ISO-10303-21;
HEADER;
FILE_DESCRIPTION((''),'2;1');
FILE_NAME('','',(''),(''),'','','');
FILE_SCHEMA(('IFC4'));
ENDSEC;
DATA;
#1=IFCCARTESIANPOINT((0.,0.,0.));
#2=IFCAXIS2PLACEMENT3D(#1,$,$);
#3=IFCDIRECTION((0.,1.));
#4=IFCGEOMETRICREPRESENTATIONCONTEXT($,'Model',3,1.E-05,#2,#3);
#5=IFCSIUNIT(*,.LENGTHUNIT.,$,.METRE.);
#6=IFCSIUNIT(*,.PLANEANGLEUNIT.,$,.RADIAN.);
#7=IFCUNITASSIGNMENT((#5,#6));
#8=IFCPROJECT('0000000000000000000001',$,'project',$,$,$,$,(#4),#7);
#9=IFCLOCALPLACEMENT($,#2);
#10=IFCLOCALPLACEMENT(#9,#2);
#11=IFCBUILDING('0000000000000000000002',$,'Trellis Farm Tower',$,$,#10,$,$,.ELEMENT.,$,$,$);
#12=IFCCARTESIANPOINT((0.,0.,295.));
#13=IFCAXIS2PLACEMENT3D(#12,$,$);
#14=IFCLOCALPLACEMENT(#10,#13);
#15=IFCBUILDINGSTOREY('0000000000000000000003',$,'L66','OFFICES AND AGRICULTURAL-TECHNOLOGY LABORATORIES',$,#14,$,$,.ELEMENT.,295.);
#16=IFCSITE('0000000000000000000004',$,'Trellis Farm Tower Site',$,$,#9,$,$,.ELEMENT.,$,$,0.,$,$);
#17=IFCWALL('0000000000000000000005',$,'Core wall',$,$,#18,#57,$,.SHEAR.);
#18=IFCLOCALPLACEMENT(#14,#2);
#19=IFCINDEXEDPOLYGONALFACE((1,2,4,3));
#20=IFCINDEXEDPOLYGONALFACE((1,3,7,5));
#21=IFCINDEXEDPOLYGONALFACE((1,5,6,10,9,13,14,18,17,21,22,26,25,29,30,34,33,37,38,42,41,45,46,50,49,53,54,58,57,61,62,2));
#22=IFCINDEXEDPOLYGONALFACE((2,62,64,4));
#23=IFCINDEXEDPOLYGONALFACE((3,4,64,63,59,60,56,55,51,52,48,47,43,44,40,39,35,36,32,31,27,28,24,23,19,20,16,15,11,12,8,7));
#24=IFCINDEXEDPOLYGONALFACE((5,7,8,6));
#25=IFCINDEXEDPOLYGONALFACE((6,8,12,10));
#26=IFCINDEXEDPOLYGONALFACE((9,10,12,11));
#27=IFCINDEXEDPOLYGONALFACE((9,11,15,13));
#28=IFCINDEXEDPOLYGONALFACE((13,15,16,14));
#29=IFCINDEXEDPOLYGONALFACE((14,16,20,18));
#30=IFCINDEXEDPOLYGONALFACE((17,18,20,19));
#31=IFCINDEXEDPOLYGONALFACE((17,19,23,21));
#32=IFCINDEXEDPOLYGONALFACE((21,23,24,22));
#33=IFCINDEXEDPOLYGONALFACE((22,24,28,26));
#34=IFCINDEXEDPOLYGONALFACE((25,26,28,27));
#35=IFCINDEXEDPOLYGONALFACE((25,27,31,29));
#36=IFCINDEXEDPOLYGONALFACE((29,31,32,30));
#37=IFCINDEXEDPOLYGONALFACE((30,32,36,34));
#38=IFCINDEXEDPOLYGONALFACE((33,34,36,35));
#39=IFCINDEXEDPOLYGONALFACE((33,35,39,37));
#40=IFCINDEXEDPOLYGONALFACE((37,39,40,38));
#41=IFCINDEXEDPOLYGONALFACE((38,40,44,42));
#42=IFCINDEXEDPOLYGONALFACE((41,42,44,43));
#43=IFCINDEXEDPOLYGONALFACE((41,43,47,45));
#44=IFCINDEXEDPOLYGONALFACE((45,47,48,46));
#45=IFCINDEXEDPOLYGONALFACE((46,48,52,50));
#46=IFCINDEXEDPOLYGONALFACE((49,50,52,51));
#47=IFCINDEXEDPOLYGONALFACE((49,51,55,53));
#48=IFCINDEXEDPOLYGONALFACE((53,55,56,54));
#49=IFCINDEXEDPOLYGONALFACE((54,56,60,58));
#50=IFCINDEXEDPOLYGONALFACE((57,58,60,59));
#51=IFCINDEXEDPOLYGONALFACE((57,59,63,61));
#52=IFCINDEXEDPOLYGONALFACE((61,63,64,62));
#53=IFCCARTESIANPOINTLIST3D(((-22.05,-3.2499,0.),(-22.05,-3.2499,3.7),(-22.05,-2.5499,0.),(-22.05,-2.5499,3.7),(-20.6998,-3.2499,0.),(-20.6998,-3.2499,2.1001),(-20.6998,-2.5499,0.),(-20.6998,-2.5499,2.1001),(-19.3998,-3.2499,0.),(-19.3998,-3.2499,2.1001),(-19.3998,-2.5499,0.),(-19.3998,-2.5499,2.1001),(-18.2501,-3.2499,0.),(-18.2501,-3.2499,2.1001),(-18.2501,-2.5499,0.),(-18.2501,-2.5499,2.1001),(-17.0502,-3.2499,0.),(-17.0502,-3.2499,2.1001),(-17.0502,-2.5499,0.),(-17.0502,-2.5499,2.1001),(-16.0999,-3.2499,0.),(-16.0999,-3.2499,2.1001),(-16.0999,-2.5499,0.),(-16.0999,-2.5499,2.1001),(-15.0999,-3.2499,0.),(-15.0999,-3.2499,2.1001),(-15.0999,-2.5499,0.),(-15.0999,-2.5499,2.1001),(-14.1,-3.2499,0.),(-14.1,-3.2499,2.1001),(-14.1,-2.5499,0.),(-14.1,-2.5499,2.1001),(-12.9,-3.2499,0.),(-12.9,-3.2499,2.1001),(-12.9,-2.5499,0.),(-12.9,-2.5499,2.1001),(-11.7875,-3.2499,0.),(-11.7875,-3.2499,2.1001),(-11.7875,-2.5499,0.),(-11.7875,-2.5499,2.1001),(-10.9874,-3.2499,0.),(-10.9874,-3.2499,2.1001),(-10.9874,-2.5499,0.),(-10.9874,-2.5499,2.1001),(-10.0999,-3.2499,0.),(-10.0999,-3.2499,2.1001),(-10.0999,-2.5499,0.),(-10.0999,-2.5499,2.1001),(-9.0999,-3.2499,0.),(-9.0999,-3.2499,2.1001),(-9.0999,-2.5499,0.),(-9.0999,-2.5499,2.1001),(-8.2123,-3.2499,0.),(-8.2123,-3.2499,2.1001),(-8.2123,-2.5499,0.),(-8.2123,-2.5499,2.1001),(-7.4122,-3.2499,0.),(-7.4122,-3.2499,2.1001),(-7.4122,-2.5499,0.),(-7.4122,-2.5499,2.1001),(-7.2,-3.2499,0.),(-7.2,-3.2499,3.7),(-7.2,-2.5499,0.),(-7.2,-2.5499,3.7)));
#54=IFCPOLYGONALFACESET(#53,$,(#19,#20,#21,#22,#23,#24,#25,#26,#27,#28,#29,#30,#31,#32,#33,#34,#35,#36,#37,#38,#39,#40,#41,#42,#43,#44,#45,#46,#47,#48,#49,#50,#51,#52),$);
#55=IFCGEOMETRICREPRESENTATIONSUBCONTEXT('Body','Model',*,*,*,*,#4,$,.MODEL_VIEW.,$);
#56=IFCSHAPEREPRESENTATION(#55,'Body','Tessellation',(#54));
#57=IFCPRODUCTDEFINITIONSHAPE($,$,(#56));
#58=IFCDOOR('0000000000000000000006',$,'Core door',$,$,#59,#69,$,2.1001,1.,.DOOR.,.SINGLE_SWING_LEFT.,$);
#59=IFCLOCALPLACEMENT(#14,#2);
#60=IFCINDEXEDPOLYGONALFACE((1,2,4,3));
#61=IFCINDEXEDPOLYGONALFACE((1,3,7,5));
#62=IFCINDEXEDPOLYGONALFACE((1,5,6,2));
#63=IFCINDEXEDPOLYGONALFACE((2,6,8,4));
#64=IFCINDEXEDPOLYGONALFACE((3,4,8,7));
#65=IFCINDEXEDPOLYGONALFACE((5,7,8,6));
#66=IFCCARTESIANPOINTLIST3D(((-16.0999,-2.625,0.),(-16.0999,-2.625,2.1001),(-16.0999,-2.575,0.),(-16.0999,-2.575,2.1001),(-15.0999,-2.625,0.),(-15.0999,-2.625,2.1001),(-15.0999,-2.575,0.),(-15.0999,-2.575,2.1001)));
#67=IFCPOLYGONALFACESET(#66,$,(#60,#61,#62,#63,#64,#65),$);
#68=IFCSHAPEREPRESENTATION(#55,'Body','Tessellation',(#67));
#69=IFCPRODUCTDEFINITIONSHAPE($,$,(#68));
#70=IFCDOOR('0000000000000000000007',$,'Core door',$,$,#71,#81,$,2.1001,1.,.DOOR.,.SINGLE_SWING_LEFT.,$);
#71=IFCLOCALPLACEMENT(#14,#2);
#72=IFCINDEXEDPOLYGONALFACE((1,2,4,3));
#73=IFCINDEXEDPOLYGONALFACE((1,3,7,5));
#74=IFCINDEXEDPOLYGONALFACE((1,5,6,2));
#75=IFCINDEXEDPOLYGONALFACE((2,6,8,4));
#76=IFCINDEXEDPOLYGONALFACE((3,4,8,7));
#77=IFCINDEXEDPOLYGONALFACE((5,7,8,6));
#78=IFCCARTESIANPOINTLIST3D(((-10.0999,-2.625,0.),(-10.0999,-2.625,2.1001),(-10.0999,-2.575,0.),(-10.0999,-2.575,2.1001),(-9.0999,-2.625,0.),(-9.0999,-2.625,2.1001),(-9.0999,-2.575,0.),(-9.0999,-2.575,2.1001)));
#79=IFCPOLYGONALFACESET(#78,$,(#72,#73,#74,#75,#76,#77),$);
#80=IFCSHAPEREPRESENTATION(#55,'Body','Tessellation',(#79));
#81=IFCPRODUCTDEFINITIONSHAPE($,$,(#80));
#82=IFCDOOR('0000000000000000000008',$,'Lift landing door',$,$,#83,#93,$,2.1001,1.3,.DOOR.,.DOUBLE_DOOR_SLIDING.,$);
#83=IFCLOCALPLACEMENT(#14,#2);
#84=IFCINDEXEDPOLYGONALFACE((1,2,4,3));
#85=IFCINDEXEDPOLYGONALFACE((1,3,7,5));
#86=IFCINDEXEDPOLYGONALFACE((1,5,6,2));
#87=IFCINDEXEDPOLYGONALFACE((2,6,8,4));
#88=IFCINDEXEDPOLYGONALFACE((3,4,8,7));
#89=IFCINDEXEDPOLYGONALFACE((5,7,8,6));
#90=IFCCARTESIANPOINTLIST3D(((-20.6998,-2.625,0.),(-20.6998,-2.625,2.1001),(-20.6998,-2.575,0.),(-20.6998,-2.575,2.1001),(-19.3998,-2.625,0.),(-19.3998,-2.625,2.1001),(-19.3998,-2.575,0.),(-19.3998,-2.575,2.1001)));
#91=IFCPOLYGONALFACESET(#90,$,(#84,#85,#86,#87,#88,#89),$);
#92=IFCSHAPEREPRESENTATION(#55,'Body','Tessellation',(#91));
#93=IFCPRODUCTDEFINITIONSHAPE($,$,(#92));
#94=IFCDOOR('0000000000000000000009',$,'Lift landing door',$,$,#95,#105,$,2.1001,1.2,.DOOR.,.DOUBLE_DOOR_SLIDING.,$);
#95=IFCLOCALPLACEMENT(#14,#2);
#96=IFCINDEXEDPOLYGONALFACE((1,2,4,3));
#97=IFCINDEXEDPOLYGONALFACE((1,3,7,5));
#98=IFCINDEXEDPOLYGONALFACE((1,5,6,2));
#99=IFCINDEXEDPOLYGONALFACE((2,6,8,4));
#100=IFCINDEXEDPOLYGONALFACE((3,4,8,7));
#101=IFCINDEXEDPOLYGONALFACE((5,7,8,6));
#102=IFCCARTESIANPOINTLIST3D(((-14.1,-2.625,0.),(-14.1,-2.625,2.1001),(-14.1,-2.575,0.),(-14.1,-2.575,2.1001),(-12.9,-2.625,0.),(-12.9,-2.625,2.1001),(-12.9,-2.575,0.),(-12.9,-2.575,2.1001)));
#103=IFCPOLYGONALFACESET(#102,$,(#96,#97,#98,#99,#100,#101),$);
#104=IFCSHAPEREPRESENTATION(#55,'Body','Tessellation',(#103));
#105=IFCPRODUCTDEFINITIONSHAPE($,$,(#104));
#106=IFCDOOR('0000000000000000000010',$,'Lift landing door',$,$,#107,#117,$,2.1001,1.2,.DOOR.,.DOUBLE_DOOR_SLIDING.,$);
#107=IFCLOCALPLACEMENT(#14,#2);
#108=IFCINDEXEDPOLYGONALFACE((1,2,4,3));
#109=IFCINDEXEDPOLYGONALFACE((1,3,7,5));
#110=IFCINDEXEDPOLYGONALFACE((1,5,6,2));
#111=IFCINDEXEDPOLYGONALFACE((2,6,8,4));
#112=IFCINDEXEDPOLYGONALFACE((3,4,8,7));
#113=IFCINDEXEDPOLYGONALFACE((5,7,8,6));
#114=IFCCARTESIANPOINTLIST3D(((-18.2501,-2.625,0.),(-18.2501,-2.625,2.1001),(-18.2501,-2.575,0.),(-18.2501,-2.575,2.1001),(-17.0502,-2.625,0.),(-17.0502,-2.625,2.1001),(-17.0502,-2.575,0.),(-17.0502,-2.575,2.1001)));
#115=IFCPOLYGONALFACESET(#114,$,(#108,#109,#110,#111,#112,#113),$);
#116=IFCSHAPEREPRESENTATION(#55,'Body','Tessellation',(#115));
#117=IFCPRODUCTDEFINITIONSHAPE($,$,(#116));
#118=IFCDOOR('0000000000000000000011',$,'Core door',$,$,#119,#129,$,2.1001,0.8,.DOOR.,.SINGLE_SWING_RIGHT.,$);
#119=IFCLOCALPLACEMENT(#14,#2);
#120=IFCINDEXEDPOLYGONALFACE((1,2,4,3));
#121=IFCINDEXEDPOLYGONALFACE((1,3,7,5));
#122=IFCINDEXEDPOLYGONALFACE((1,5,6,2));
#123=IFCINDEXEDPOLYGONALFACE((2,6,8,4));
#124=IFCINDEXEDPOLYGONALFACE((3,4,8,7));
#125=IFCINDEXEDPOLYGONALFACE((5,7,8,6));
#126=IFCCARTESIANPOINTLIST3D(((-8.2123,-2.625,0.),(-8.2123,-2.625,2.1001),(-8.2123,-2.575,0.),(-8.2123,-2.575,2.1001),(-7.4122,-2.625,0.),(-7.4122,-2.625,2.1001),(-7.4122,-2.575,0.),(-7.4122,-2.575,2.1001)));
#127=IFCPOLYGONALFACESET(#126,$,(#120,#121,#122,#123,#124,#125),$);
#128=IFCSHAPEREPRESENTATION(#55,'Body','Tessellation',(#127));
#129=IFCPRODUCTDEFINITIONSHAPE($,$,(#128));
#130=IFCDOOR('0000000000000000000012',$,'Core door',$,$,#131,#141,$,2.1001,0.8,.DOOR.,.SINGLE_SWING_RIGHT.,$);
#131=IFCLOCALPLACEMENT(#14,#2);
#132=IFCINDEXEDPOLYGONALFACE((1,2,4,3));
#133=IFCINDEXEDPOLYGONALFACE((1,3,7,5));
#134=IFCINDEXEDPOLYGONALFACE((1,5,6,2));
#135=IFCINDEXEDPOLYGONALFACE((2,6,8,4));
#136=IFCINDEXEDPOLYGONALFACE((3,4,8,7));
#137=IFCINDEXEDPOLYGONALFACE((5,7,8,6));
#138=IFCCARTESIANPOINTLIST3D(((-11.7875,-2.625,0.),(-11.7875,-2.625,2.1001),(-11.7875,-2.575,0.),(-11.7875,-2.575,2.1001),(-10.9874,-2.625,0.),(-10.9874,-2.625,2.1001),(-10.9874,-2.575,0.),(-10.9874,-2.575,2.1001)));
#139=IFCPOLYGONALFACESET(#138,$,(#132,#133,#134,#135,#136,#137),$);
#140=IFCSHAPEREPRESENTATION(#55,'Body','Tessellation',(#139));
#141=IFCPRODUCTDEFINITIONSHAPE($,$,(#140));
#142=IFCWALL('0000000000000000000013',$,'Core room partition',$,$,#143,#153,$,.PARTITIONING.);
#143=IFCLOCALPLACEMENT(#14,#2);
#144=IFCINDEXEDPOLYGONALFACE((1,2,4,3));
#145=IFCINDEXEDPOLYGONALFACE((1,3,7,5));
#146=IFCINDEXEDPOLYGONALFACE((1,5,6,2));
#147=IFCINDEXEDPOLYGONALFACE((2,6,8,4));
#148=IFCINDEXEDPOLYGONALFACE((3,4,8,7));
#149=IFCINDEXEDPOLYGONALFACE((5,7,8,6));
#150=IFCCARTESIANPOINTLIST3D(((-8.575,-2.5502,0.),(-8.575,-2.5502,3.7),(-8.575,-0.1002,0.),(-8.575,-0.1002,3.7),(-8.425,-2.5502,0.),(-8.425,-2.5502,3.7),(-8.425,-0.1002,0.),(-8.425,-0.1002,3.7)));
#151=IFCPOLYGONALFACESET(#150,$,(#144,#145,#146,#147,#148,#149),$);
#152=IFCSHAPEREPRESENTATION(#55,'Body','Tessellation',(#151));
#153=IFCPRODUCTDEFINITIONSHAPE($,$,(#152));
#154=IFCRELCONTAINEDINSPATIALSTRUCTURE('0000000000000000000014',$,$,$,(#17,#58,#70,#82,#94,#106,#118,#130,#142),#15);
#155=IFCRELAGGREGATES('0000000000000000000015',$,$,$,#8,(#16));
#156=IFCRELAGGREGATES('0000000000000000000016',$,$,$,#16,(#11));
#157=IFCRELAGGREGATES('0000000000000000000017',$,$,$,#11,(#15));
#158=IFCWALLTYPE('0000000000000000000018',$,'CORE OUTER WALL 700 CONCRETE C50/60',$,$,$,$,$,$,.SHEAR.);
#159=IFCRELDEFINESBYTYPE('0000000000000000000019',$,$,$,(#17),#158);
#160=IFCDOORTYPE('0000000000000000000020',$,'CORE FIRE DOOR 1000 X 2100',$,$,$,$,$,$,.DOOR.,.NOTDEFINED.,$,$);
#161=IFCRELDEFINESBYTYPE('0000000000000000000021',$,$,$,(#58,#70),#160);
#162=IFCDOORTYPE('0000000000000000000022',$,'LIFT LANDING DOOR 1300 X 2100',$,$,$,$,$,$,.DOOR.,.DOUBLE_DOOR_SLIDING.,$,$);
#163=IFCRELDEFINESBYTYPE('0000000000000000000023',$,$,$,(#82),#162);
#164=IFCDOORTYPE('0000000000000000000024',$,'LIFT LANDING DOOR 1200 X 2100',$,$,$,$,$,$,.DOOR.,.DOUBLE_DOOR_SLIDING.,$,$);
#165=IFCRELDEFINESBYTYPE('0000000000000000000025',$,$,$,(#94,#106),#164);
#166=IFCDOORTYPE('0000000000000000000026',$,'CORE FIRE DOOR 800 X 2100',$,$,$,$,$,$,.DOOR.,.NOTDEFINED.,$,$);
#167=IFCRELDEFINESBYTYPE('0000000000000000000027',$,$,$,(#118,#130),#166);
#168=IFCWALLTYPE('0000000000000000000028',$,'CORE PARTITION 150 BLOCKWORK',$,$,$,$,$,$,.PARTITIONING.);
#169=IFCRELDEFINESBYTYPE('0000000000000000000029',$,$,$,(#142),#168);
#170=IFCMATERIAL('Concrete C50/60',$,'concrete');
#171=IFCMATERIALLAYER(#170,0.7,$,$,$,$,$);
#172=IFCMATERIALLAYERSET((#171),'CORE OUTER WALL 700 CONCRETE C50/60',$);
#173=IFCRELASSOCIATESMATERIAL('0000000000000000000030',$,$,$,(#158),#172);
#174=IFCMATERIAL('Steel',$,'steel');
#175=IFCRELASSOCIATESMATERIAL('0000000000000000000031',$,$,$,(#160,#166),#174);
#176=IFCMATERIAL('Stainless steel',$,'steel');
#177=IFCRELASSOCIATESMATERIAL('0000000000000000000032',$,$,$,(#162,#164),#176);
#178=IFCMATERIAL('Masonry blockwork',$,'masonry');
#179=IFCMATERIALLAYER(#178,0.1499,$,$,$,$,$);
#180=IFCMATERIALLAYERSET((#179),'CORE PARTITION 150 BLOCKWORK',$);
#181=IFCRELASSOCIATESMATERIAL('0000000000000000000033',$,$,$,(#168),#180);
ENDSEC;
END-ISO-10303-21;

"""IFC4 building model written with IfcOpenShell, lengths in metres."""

from ifc_helpers import new_model, si_unit, direction, frame, frame_2d, origin, place, context, subcontext, project, spatial, rectangle, extrude, source, transform, mapped, material, layer, layer_set, type_object, element, fill, save


model = new_model("IFC4")

# Units and contexts
model_context = context("Model", 3, precision=1e-05, world=origin(), true_north=direction((0.0, 1.0)))
body_context = subcontext(model_context, "Body", "Model", "MODEL_VIEW")
ifc_project = project(units=[si_unit("LENGTHUNIT", "METRE"), si_unit("PLANEANGLEUNIT", "RADIAN")], contexts=[model_context])

# Site, building, storey
site_placement = place(None, origin())
site = spatial("IfcSite", under=ifc_project, at=site_placement, Name="Trellis Farm Tower Site", CompositionType="ELEMENT", RefElevation=0.0)
building_placement = place(site_placement, origin())
building = spatial("IfcBuilding", under=site, at=building_placement, Name="Trellis Farm Tower", CompositionType="ELEMENT")
storey_placement = place(building_placement, frame((0.0, 0.0, 295.0)))
storey = spatial("IfcBuildingStorey", under=building, at=storey_placement, Name="L66", Description="OFFICES AND AGRICULTURAL-TECHNOLOGY LABORATORIES", CompositionType="ELEMENT", Elevation=295.0)

# Shared definitions
ifc_material_1 = material(Name="Concrete C50/60", Category="concrete")

# Shared definitions
ifc_material_2 = material(Name="Masonry blockwork", Category="masonry")
ifc_material_3 = material(Name="Steel", Category="steel")

# Wall, openings, doors
ifc_layer_1 = layer(ifc_material_1, 0.7)
ifc_layer_set_1 = layer_set([ifc_layer_1], Name="CORE OUTER WALL 700 CONCRETE C50/60")
wall_type_1 = type_object("IfcWallType", Name="CORE OUTER WALL 700 CONCRETE C50/60", PredefinedType="SHEAR", material=ifc_layer_set_1)
shared_shape_1 = source(origin(), body_context, "Body", "SweptSolid", [
    extrude(rectangle(XDim=14.8501, YDim=0.7, at=frame_2d((7.425, 0.0))), origin(), (0.0, 0.0, 1.0), 3.7),
])
wall_1_placement = place(storey_placement, frame((-7.2, -2.8999, 0.0), z_axis=(0.0, 0.0, 1.0), x_axis=(-1.0, 0.0, 0.0)))
wall_1 = element("IfcWall", 1, at=wall_1_placement, inside=storey, type_object=wall_type_1, Name="Core wall", PredefinedType="SHEAR", context=body_context, shape_type="MappedRepresentation", body=[
    mapped(shared_shape_1, transform((0.0, 0.0, 0.0))),
])
shared_shape_2 = source(origin(), body_context, "Body", "SweptSolid", [
    extrude(rectangle(XDim=1.2, YDim=2.1001, at=frame_2d((0.6001, 1.05))), frame((0.0, 0.3601, 0.0), z_axis=(0.0, -1.0, 0.0), x_axis=(1.0, 0.0, 0.0)), (0.0, 0.0, 1.0), 0.7202),
])
opening_1_placement = place(wall_1_placement, frame((5.7, 0.0, 0.0)))
opening_1 = element("IfcOpeningElement", 2, at=opening_1_placement, cuts=wall_1, PredefinedType="OPENING", context=body_context, shape_type="MappedRepresentation", body=[
    mapped(shared_shape_2, transform((0.0, 0.0, 0.0))),
])
shared_shape_3 = source(origin(), body_context, "Body", "SweptSolid", [
    extrude(rectangle(XDim=1.3, YDim=2.1001, at=frame_2d((0.6499, 1.05))), frame((0.0, 0.3601, 0.0), z_axis=(0.0, -1.0, 0.0), x_axis=(1.0, 0.0, 0.0)), (0.0, 0.0, 1.0), 0.7202),
])
opening_2_placement = place(wall_1_placement, frame((12.2, 0.0, 0.0)))
opening_2 = element("IfcOpeningElement", 3, at=opening_2_placement, cuts=wall_1, PredefinedType="OPENING", context=body_context, shape_type="MappedRepresentation", body=[
    mapped(shared_shape_3, transform((0.0, 0.0, 0.0))),
])
opening_3_placement = place(wall_1_placement, frame((9.8501, 0.0, 0.0)))
opening_3 = element("IfcOpeningElement", 4, at=opening_3_placement, cuts=wall_1, PredefinedType="OPENING", context=body_context, shape_type="MappedRepresentation", body=[
    mapped(shared_shape_2, transform((0.0, 0.0, 0.0))),
])
shared_shape_4 = source(origin(), body_context, "Body", "SweptSolid", [
    extrude(rectangle(XDim=1.0, YDim=2.1001, at=frame_2d((0.5, 1.05))), frame((0.0, 0.3601, 0.0), z_axis=(0.0, -1.0, 0.0), x_axis=(1.0, 0.0, 0.0)), (0.0, 0.0, 1.0), 0.7202),
])
opening_4_placement = place(wall_1_placement, frame((7.8999, 0.0, 0.0)))
opening_4 = element("IfcOpeningElement", 5, at=opening_4_placement, cuts=wall_1, PredefinedType="OPENING", context=body_context, shape_type="MappedRepresentation", body=[
    mapped(shared_shape_4, transform((0.0, 0.0, 0.0))),
])
shared_shape_5 = source(origin(), body_context, "Body", "SweptSolid", [
    extrude(rectangle(XDim=0.8, YDim=2.1001, at=frame_2d((0.3999, 1.05))), frame((0.0, 0.3601, 0.0), z_axis=(0.0, -1.0, 0.0), x_axis=(1.0, 0.0, 0.0)), (0.0, 0.0, 1.0), 0.7202),
])
opening_5_placement = place(wall_1_placement, frame((0.2124, 0.0, 0.0)))
opening_5 = element("IfcOpeningElement", 6, at=opening_5_placement, cuts=wall_1, PredefinedType="OPENING", context=body_context, shape_type="MappedRepresentation", body=[
    mapped(shared_shape_5, transform((0.0, 0.0, 0.0))),
])
opening_6_placement = place(wall_1_placement, frame((1.8999, 0.0, 0.0)))
opening_6 = element("IfcOpeningElement", 7, at=opening_6_placement, cuts=wall_1, PredefinedType="OPENING", context=body_context, shape_type="MappedRepresentation", body=[
    mapped(shared_shape_4, transform((0.0, 0.0, 0.0))),
])
opening_7_placement = place(wall_1_placement, frame((3.7876, 0.0, 0.0)))
opening_7 = element("IfcOpeningElement", 8, at=opening_7_placement, cuts=wall_1, PredefinedType="OPENING", context=body_context, shape_type="MappedRepresentation", body=[
    mapped(shared_shape_5, transform((0.0, 0.0, 0.0))),
])
door_type_1 = type_object("IfcDoorType", Name="CORE FIRE DOOR 1000 X 2100", OperationType="NOTDEFINED", PredefinedType="DOOR", material=ifc_material_3)
shared_shape_6 = source(origin(), body_context, "Body", "SweptSolid", [
    extrude(rectangle(XDim=1.0, YDim=2.1001, at=frame_2d((0.5, 1.05))), frame((0.0, -0.2749, 0.0), z_axis=(0.0, -1.0, 0.0), x_axis=(1.0, 0.0, 0.0)), (0.0, 0.0, 1.0), 0.05),
])
door_1_placement = place(opening_4_placement, origin())
door_1 = element("IfcDoor", 9, at=door_1_placement, inside=storey, type_object=door_type_1, Name="Core door", OperationType="SINGLE_SWING_LEFT", OverallHeight=2.1001, OverallWidth=1.0, PredefinedType="DOOR", context=body_context, shape_type="MappedRepresentation", body=[
    mapped(shared_shape_6, transform((0.0, 0.0, 0.0))),
])
fill(opening_4, door_1)
door_2_placement = place(opening_6_placement, origin())
door_2 = element("IfcDoor", 10, at=door_2_placement, inside=storey, type_object=door_type_1, Name="Core door", OperationType="SINGLE_SWING_LEFT", OverallHeight=2.1001, OverallWidth=1.0, PredefinedType="DOOR", context=body_context, shape_type="MappedRepresentation", body=[
    mapped(shared_shape_6, transform((0.0, 0.0, 0.0))),
])
fill(opening_6, door_2)
ifc_material_4 = material(Name="Stainless steel", Category="steel")
door_type_2 = type_object("IfcDoorType", Name="LIFT LANDING DOOR 1300 X 2100", OperationType="DOUBLE_DOOR_SLIDING", PredefinedType="DOOR", material=ifc_material_4)
shared_shape_7 = source(origin(), body_context, "Body", "SweptSolid", [
    extrude(rectangle(XDim=1.3, YDim=2.1001, at=frame_2d((0.6499, 1.05))), frame((0.0, -0.2749, 0.0), z_axis=(0.0, -1.0, 0.0), x_axis=(1.0, 0.0, 0.0)), (0.0, 0.0, 1.0), 0.05),
])
door_3_placement = place(opening_2_placement, origin())
door_3 = element("IfcDoor", 11, at=door_3_placement, inside=storey, type_object=door_type_2, Name="Lift landing door", OperationType="DOUBLE_DOOR_SLIDING", OverallHeight=2.1001, OverallWidth=1.3, PredefinedType="DOOR", context=body_context, shape_type="MappedRepresentation", body=[
    mapped(shared_shape_7, transform((0.0, 0.0, 0.0))),
])
fill(opening_2, door_3)
door_type_3 = type_object("IfcDoorType", Name="LIFT LANDING DOOR 1200 X 2100", OperationType="DOUBLE_DOOR_SLIDING", PredefinedType="DOOR", material=ifc_material_4)
shared_shape_8 = source(origin(), body_context, "Body", "SweptSolid", [
    extrude(rectangle(XDim=1.2, YDim=2.1001, at=frame_2d((0.6001, 1.05))), frame((0.0, -0.2749, 0.0), z_axis=(0.0, -1.0, 0.0), x_axis=(1.0, 0.0, 0.0)), (0.0, 0.0, 1.0), 0.05),
])
door_4_placement = place(opening_1_placement, origin())
door_4 = element("IfcDoor", 12, at=door_4_placement, inside=storey, type_object=door_type_3, Name="Lift landing door", OperationType="DOUBLE_DOOR_SLIDING", OverallHeight=2.1001, OverallWidth=1.2, PredefinedType="DOOR", context=body_context, shape_type="MappedRepresentation", body=[
    mapped(shared_shape_8, transform((0.0, 0.0, 0.0))),
])
fill(opening_1, door_4)
door_5_placement = place(opening_3_placement, origin())
door_5 = element("IfcDoor", 13, at=door_5_placement, inside=storey, type_object=door_type_3, Name="Lift landing door", OperationType="DOUBLE_DOOR_SLIDING", OverallHeight=2.1001, OverallWidth=1.2, PredefinedType="DOOR", context=body_context, shape_type="MappedRepresentation", body=[
    mapped(shared_shape_8, transform((0.0, 0.0, 0.0))),
])
fill(opening_3, door_5)
door_type_4 = type_object("IfcDoorType", Name="CORE FIRE DOOR 800 X 2100", OperationType="NOTDEFINED", PredefinedType="DOOR", material=ifc_material_3)
shared_shape_9 = source(origin(), body_context, "Body", "SweptSolid", [
    extrude(rectangle(XDim=0.8, YDim=2.1001, at=frame_2d((0.3999, 1.05))), frame((0.0, -0.2749, 0.0), z_axis=(0.0, -1.0, 0.0), x_axis=(1.0, 0.0, 0.0)), (0.0, 0.0, 1.0), 0.05),
])
door_6_placement = place(opening_5_placement, origin())
door_6 = element("IfcDoor", 14, at=door_6_placement, inside=storey, type_object=door_type_4, Name="Core door", OperationType="SINGLE_SWING_RIGHT", OverallHeight=2.1001, OverallWidth=0.8, PredefinedType="DOOR", context=body_context, shape_type="MappedRepresentation", body=[
    mapped(shared_shape_9, transform((0.0, 0.0, 0.0))),
])
fill(opening_5, door_6)
door_7_placement = place(opening_7_placement, origin())
door_7 = element("IfcDoor", 15, at=door_7_placement, inside=storey, type_object=door_type_4, Name="Core door", OperationType="SINGLE_SWING_RIGHT", OverallHeight=2.1001, OverallWidth=0.8, PredefinedType="DOOR", context=body_context, shape_type="MappedRepresentation", body=[
    mapped(shared_shape_9, transform((0.0, 0.0, 0.0))),
])
fill(opening_7, door_7)

# Wall
ifc_layer_2 = layer(ifc_material_2, 0.1499)
ifc_layer_set_2 = layer_set([ifc_layer_2], Name="CORE PARTITION 150 BLOCKWORK")
wall_type_2 = type_object("IfcWallType", Name="CORE PARTITION 150 BLOCKWORK", PredefinedType="PARTITIONING", material=ifc_layer_set_2)
shared_shape_10 = source(origin(), body_context, "Body", "SweptSolid", [
    extrude(rectangle(XDim=2.45, YDim=0.1499, at=frame_2d((1.2251, 0.0))), origin(), (0.0, 0.0, 1.0), 3.7),
])
for number, where, z_axis, x_axis, name in (
    (16, (-8.5, -0.1001, 0.0), (0.0, 0.0, 1.0), (0.0, -1.0, 0.0), "Core room partition"),
):
    element("IfcWall", number, at=place(storey_placement, frame(where, z_axis=z_axis, x_axis=x_axis)), inside=storey, type_object=wall_type_2, Name=name, PredefinedType="PARTITIONING", context=body_context, shape_type="MappedRepresentation", body=[
        mapped(shared_shape_10, transform((0.0, 0.0, 0.0))),
    ])

save(model, "model.ifc")
